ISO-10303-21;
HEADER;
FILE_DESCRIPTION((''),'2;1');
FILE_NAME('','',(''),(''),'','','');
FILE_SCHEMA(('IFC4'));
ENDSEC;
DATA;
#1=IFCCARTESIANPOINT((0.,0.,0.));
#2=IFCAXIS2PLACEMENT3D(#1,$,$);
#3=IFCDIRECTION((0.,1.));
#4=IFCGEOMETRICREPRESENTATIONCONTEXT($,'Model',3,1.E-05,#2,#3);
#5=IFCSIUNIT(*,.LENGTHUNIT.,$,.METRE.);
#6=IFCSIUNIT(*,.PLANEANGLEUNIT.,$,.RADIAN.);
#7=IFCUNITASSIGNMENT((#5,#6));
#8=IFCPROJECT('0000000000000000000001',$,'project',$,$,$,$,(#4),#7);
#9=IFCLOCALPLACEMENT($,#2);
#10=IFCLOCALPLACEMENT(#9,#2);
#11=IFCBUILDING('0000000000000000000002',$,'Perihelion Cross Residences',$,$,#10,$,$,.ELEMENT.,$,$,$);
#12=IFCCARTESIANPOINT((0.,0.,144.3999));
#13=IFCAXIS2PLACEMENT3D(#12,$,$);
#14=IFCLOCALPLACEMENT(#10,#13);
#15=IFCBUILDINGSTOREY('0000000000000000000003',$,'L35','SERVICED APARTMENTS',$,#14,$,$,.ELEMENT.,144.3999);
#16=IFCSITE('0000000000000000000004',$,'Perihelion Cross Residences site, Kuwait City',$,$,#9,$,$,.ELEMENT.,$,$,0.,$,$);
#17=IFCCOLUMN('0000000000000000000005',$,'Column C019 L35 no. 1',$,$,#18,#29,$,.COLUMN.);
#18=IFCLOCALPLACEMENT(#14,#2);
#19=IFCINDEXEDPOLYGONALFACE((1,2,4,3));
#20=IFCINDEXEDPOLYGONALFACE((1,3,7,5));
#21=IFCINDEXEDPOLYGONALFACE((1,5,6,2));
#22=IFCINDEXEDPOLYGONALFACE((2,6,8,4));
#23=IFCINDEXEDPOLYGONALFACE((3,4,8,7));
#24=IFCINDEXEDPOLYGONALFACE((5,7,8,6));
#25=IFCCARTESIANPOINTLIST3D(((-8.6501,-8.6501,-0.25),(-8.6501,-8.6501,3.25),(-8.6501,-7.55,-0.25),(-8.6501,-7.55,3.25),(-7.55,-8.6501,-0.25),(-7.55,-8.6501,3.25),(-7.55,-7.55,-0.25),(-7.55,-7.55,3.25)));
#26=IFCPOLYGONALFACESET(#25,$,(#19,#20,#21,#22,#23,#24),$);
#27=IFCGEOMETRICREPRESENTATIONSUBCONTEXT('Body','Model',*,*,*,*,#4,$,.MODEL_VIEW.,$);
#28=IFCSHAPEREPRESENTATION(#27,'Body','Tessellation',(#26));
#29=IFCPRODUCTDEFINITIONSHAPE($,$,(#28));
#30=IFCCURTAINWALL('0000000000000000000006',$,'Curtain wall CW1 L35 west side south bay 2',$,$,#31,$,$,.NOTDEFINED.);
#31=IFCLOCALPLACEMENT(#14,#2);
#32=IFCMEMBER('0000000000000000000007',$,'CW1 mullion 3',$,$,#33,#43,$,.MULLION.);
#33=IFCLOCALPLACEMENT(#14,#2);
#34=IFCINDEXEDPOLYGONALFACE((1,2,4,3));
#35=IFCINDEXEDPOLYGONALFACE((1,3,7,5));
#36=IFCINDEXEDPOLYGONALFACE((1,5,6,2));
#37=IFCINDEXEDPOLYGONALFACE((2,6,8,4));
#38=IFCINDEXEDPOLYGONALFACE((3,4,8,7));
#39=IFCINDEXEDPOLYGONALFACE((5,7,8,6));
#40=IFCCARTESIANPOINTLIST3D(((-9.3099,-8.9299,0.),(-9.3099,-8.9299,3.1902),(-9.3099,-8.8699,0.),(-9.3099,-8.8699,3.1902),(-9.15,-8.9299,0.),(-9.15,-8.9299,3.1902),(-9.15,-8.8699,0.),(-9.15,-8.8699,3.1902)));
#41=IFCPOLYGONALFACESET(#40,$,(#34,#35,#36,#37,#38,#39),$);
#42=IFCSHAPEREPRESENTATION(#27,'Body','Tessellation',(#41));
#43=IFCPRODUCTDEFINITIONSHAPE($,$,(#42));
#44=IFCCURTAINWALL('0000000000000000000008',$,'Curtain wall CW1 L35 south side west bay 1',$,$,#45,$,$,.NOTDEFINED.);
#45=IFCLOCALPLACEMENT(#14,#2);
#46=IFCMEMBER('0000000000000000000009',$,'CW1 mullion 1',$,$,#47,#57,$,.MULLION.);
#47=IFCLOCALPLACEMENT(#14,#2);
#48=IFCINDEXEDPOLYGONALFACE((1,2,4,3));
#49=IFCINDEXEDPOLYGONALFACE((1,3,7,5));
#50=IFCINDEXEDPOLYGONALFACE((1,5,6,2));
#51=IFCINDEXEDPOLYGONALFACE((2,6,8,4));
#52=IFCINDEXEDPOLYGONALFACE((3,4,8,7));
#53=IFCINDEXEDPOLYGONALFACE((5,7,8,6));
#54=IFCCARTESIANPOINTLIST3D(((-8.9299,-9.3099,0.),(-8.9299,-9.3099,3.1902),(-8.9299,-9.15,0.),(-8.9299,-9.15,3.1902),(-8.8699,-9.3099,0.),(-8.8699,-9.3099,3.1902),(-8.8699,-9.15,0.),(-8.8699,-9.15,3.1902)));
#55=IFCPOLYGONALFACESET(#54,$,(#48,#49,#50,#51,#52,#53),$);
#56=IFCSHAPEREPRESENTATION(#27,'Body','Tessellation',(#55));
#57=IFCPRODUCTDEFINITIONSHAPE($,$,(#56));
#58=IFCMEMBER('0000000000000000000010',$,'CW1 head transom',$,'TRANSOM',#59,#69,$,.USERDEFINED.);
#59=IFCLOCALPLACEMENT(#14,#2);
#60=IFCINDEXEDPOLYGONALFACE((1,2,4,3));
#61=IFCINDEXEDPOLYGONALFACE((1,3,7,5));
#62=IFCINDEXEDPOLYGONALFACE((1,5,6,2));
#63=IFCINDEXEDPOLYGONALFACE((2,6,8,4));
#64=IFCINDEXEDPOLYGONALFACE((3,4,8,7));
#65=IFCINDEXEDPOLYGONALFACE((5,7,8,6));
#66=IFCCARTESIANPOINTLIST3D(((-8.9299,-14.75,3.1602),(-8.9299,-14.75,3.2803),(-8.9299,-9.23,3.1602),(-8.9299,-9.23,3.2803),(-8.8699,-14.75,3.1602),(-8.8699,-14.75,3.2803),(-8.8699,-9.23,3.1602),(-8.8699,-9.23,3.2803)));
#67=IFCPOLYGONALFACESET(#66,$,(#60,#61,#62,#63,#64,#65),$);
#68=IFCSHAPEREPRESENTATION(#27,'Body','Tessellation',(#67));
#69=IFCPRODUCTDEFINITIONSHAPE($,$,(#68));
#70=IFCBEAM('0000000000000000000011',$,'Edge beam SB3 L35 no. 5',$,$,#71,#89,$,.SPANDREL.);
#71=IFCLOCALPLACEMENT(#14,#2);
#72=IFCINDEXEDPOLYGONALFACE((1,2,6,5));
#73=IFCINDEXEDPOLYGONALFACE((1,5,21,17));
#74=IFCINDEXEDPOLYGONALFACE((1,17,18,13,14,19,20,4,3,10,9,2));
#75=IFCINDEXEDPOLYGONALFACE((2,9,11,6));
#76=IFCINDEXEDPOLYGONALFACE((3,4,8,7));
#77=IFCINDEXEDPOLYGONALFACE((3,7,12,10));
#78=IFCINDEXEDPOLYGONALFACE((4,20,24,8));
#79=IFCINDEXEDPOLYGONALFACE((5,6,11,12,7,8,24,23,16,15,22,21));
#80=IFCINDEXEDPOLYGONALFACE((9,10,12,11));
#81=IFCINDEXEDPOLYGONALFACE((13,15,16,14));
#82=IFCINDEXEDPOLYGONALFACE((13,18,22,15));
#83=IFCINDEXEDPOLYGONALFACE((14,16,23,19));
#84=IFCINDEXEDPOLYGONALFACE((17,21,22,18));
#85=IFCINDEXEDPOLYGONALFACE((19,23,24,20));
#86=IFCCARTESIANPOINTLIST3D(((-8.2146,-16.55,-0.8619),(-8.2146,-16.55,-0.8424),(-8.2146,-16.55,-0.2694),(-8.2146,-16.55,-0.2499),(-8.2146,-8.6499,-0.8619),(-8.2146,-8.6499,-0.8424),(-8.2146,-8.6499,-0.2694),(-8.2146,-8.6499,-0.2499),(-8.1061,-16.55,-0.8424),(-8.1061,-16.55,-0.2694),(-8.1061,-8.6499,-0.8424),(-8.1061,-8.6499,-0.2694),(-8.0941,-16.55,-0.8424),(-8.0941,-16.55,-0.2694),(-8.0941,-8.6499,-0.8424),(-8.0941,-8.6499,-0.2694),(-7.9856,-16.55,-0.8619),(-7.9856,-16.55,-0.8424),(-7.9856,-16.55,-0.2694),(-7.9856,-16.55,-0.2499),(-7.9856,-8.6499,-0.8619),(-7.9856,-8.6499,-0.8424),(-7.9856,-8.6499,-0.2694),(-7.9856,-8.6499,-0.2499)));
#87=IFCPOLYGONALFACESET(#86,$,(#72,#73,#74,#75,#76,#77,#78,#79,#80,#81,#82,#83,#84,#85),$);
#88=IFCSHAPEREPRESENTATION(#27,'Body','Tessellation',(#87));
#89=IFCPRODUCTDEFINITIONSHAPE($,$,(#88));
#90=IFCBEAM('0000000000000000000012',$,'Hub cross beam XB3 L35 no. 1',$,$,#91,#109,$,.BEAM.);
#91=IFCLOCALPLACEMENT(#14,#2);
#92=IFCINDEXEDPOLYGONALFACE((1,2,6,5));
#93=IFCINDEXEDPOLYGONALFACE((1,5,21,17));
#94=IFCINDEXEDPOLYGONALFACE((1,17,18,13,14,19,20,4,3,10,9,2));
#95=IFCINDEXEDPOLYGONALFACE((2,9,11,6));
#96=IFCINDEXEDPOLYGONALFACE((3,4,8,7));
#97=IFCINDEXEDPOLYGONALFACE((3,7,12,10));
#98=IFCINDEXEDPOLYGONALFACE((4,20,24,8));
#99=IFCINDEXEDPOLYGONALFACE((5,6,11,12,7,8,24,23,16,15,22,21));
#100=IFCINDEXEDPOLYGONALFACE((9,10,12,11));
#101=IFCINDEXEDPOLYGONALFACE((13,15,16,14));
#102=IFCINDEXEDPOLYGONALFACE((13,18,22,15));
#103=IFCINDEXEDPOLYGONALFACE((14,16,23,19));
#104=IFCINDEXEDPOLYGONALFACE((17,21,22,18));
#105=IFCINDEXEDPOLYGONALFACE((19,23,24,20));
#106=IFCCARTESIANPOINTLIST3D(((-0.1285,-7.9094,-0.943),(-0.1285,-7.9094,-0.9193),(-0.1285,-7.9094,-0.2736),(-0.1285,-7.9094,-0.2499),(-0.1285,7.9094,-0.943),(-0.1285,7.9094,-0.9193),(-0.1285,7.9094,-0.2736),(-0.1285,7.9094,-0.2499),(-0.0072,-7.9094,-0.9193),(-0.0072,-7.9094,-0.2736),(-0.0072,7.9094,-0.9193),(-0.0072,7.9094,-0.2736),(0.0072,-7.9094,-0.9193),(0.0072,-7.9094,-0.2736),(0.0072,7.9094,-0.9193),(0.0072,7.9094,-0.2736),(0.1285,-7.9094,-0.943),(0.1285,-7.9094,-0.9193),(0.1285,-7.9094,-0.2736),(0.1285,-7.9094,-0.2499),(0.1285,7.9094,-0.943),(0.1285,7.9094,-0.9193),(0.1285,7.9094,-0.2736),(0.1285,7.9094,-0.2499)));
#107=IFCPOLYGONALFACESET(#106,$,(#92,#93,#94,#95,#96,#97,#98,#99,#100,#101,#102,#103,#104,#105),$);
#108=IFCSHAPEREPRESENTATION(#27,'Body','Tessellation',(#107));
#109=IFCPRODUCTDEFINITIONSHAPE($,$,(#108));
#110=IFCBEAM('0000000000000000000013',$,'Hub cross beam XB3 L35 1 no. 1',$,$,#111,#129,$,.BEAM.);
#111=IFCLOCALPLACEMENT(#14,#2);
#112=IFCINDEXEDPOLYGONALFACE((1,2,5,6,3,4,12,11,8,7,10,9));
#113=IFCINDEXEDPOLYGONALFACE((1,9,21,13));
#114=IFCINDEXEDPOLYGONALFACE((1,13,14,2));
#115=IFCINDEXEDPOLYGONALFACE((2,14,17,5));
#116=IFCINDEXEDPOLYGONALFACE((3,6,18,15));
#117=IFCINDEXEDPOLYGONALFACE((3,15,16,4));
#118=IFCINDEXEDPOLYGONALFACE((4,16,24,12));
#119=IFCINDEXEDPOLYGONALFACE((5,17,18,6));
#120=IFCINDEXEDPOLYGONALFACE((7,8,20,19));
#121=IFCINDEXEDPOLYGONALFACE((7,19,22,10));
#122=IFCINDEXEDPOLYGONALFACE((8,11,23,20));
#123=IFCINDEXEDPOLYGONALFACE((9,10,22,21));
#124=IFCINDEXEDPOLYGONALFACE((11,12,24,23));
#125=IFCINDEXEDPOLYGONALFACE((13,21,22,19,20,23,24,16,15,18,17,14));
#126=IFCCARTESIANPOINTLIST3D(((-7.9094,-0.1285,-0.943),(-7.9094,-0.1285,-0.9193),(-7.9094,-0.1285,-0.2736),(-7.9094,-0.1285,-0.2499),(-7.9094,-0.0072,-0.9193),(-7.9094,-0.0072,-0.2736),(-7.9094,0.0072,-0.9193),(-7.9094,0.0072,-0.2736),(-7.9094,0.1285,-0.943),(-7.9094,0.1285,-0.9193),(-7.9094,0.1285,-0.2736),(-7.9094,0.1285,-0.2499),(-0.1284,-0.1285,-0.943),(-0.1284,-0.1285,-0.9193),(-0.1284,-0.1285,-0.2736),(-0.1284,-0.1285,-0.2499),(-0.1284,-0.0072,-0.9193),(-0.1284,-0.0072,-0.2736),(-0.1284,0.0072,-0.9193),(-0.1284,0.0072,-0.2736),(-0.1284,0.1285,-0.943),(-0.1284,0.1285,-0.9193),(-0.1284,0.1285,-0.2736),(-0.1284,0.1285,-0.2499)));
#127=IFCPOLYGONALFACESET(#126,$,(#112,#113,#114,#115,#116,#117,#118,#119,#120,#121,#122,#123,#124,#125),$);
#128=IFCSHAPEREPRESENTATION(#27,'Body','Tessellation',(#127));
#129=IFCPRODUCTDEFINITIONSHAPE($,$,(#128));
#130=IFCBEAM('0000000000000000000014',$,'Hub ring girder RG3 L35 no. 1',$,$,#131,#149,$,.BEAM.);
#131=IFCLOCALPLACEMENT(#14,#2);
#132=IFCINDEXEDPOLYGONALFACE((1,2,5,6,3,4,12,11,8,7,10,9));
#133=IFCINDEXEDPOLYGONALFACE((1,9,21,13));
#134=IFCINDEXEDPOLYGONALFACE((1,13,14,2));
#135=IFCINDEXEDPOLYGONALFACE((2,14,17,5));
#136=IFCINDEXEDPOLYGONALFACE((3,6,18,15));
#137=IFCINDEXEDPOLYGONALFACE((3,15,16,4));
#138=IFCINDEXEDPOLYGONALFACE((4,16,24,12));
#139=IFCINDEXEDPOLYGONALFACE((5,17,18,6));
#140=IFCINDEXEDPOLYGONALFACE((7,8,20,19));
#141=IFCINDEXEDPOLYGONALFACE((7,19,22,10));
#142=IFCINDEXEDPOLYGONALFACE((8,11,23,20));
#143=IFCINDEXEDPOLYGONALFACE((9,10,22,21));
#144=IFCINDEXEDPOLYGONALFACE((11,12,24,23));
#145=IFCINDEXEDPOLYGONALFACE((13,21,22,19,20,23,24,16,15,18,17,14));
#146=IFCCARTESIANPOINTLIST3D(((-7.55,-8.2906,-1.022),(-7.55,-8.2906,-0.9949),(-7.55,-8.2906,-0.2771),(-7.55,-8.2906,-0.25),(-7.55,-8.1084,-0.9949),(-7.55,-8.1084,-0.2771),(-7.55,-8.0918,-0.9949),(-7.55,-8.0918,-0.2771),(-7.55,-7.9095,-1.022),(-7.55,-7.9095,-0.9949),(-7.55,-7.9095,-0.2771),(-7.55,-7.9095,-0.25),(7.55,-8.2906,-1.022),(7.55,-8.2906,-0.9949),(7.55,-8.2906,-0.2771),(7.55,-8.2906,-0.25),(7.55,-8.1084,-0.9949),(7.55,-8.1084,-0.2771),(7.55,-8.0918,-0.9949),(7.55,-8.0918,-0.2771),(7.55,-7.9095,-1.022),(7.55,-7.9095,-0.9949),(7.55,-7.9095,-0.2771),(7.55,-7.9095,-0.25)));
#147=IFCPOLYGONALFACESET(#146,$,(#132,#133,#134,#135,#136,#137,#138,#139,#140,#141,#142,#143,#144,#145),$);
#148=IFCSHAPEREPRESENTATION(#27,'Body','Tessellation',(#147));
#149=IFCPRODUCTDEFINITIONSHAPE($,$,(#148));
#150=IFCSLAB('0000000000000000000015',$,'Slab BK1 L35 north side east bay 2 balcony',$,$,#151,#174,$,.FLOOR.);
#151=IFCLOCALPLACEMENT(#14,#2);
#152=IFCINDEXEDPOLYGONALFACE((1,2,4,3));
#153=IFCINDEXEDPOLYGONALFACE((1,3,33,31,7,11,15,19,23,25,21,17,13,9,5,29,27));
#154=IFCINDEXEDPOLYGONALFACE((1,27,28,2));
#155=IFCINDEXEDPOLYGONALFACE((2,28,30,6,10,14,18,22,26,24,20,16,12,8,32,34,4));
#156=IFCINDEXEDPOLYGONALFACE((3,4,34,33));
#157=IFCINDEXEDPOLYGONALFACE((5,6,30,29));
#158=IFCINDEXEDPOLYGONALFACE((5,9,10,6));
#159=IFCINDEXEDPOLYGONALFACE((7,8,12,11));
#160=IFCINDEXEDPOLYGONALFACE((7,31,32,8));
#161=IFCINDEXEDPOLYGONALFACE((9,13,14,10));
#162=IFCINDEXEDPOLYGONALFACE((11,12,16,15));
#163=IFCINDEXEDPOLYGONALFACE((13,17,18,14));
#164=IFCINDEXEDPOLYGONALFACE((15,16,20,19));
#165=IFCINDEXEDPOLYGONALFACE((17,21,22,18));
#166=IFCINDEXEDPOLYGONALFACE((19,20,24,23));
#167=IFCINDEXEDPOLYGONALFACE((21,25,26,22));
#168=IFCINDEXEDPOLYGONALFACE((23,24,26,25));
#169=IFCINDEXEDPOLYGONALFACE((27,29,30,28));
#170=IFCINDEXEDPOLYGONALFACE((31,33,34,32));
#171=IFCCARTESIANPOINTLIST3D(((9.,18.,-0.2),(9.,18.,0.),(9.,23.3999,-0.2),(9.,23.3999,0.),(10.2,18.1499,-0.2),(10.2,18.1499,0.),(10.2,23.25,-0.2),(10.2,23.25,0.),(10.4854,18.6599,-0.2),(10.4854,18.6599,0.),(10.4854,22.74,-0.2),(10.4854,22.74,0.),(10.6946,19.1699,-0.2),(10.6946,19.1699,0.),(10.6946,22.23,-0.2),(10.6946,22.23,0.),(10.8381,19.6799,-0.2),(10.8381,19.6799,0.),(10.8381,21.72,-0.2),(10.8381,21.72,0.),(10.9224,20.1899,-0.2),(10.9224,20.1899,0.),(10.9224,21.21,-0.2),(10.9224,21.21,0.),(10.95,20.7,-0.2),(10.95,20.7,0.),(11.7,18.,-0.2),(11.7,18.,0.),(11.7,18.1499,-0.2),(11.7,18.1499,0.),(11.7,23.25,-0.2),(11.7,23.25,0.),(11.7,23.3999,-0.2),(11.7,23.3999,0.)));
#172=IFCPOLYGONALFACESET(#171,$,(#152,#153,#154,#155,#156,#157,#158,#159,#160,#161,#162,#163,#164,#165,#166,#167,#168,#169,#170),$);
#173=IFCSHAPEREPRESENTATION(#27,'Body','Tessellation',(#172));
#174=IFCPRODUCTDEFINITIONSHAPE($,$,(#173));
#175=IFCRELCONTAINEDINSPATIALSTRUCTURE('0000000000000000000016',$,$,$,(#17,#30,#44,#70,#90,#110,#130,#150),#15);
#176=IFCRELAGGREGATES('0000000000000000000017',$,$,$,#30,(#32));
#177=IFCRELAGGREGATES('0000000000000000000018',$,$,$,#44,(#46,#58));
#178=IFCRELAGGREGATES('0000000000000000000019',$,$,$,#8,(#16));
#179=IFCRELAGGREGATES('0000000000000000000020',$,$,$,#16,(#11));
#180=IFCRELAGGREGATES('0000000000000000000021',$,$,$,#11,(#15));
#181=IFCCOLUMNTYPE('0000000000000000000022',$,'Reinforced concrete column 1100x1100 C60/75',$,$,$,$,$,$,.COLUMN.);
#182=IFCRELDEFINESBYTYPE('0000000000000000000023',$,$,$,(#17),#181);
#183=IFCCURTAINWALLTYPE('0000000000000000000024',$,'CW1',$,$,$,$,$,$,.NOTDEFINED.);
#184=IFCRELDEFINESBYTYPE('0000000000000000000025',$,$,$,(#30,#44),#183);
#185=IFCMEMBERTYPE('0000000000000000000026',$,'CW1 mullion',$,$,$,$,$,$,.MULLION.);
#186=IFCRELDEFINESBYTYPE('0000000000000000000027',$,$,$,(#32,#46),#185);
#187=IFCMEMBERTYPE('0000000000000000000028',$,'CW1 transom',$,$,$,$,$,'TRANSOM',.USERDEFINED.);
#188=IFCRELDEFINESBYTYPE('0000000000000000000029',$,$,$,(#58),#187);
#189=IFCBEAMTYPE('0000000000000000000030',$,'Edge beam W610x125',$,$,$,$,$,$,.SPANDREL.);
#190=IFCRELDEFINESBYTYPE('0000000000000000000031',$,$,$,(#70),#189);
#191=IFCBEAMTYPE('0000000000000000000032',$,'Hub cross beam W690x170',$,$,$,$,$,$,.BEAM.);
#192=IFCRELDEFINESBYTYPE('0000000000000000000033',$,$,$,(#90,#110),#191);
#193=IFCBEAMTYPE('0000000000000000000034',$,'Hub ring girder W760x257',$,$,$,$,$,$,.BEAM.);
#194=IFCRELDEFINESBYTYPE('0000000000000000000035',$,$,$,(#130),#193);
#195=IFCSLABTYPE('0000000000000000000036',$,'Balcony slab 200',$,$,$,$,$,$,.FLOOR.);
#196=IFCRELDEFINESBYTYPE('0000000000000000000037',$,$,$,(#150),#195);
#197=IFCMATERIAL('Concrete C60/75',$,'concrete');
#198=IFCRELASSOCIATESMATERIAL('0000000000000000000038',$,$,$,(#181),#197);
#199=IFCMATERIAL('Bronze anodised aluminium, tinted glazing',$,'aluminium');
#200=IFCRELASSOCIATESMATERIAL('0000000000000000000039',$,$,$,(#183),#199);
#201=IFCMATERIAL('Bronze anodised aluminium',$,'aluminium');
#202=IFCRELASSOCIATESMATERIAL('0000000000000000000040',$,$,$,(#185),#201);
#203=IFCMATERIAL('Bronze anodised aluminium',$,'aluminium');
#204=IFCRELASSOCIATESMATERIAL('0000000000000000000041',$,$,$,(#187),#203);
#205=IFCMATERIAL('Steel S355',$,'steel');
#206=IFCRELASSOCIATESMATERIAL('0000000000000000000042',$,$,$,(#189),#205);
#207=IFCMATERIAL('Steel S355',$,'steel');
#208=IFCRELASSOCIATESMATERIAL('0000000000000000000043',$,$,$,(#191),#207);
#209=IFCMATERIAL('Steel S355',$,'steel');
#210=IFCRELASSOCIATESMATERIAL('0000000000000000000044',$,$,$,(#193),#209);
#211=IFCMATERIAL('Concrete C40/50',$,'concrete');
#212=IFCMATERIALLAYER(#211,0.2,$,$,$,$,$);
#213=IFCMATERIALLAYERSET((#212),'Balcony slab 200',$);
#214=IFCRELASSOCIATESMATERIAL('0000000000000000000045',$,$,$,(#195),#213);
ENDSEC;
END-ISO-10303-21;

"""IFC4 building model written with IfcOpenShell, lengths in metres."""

from ifc_helpers import new_model, si_unit, direction, frame, origin, origin_2d, place, context, subcontext, project, spatial, polyline, rectangle, i_section, outline, extrude, material, layer, layer_set, material_profile, profile_set, type_object, element, aggregate, save


model = new_model("IFC4")

# Units and contexts
model_context = context("Model", 3, precision=1e-05, world=origin(), true_north=direction((0.0, 1.0)))
body_context = subcontext(model_context, "Body", "Model", "MODEL_VIEW")
ifc_project = project(units=[si_unit("LENGTHUNIT", "METRE"), si_unit("PLANEANGLEUNIT", "RADIAN")], contexts=[model_context])

# Site, building, storey
site_placement = place(None, origin())
site = spatial("IfcSite", under=ifc_project, at=site_placement, Name="Perihelion Cross Residences site, Kuwait City", CompositionType="ELEMENT", RefElevation=0.0)
building_placement = place(site_placement, origin())
building = spatial("IfcBuilding", under=site, at=building_placement, Name="Perihelion Cross Residences", CompositionType="ELEMENT")
storey_placement = place(building_placement, frame((0.0, 0.0, 144.3999)))
storey = spatial("IfcBuildingStorey", under=building, at=storey_placement, Name="L35", Description="SERVICED APARTMENTS", CompositionType="ELEMENT", Elevation=144.3999)

# Column
ifc_material_1 = material(Name="Concrete C60/75", Category="concrete")
ifc_material_profile_1 = material_profile(ifc_material_1, rectangle(XDim=1.1001, YDim=1.1001, at=origin_2d()), Name="RC 1100x1100")
ifc_profile_set_1 = profile_set([ifc_material_profile_1], Name="Concrete C60/75")
column_type = type_object("IfcColumnType", Name="Reinforced concrete column 1100x1100 C60/75", PredefinedType="COLUMN", material=ifc_profile_set_1)
column_placement = place(storey_placement, frame((-8.1001, -8.1001, -0.25), z_axis=(0.0, 0.0, 1.0), x_axis=(1.0, 0.0, 0.0)))
element("IfcColumn", 1, at=column_placement, inside=storey, type_object=column_type, Name="Column C019 L35 no. 1", PredefinedType="COLUMN", context=body_context, shape_type="SweptSolid", body=[
    extrude(rectangle(XDim=1.1001, YDim=1.1001, at=origin_2d()), origin(), (0.0, 0.0, 1.0), 3.5),
])

# Curtain wall, member
ifc_material_2 = material(Name="Bronze anodised aluminium, tinted glazing", Category="aluminium")
curtain_wall_type = type_object("IfcCurtainWallType", Name="CW1", PredefinedType="NOTDEFINED", material=ifc_material_2)
curtain_wall_1_placement = place(storey_placement, origin())
curtain_wall_1 = element("IfcCurtainWall", 2, at=curtain_wall_1_placement, inside=storey, type_object=curtain_wall_type, Name="Curtain wall CW1 L35 west side south bay 2", PredefinedType="NOTDEFINED")
ifc_material_3 = material(Name="Bronze anodised aluminium", Category="aluminium")
ifc_material_profile_2 = material_profile(ifc_material_3, rectangle(XDim=0.0601, YDim=0.1599, at=origin_2d()), Name="CW1 mullion")
ifc_profile_set_2 = profile_set([ifc_material_profile_2], Name="Bronze anodised aluminium")
member_type_1 = type_object("IfcMemberType", Name="CW1 mullion", PredefinedType="MULLION", material=ifc_profile_set_2)
member_1_placement = place(storey_placement, frame((-9.23, -8.8999, 0.0), z_axis=(0.0, 0.0, 1.0), x_axis=(0.0, 1.0, 0.0)))
member_1 = element("IfcMember", 3, at=member_1_placement, type_object=member_type_1, Name="CW1 mullion 3", PredefinedType="MULLION", context=body_context, shape_type="SweptSolid", body=[
    extrude(rectangle(XDim=0.0601, YDim=0.1599, at=origin_2d()), origin(), (0.0, 0.0, 1.0), 3.1902),
])
aggregate(curtain_wall_1, [member_1])

# Curtain wall, members
curtain_wall_2_placement = place(storey_placement, origin())
curtain_wall_2 = element("IfcCurtainWall", 4, at=curtain_wall_2_placement, inside=storey, type_object=curtain_wall_type, Name="Curtain wall CW1 L35 south side west bay 1", PredefinedType="NOTDEFINED")
member_2_placement = place(storey_placement, frame((-8.8999, -9.23, 0.0), z_axis=(0.0, 0.0, 1.0), x_axis=(1.0, 0.0, 0.0)))
member_2 = element("IfcMember", 5, at=member_2_placement, type_object=member_type_1, Name="CW1 mullion 1", PredefinedType="MULLION", context=body_context, shape_type="SweptSolid", body=[
    extrude(rectangle(XDim=0.0601, YDim=0.1599, at=origin_2d()), origin(), (0.0, 0.0, 1.0), 3.1902),
])
ifc_material_4 = material(Name="Bronze anodised aluminium", Category="aluminium")
ifc_material_profile_3 = material_profile(ifc_material_4, rectangle(XDim=0.0601, YDim=0.1201, at=origin_2d()), Name="CW1 transom")
ifc_profile_set_3 = profile_set([ifc_material_profile_3], Name="Bronze anodised aluminium")
member_type_2 = type_object("IfcMemberType", Name="CW1 transom", ElementType="TRANSOM", PredefinedType="USERDEFINED", material=ifc_profile_set_3)
member_3_placement = place(storey_placement, frame((-8.8999, -9.23, 3.2202), z_axis=(0.0, -1.0, 0.0), x_axis=(1.0, 0.0, 0.0)))
member_3 = element("IfcMember", 6, at=member_3_placement, type_object=member_type_2, Name="CW1 head transom", ObjectType="TRANSOM", PredefinedType="USERDEFINED", context=body_context, shape_type="SweptSolid", body=[
    extrude(rectangle(XDim=0.0601, YDim=0.1201, at=origin_2d()), origin(), (0.0, 0.0, 1.0), 5.52),
])
aggregate(curtain_wall_2, [member_2, member_3])

# Beams
ifc_material_5 = material(Name="Steel S355", Category="steel")
ifc_material_profile_4 = material_profile(ifc_material_5, i_section(OverallWidth=0.229, OverallDepth=0.6121, WebThickness=0.012, FlangeThickness=0.0195, at=origin_2d()), Name="W610x125")
ifc_profile_set_4 = profile_set([ifc_material_profile_4], Name="Steel S355")
beam_type_1 = type_object("IfcBeamType", Name="Edge beam W610x125", PredefinedType="SPANDREL", material=ifc_profile_set_4)
beam_1_placement = place(storey_placement, frame((-8.1001, -8.6499, -0.5559), z_axis=(0.0, -1.0, 0.0), x_axis=(1.0, 0.0, 0.0)))
element("IfcBeam", 7, at=beam_1_placement, inside=storey, type_object=beam_type_1, Name="Edge beam SB3 L35 no. 5", PredefinedType="SPANDREL", context=body_context, shape_type="SweptSolid", body=[
    extrude(i_section(OverallWidth=0.229, OverallDepth=0.6121, WebThickness=0.012, FlangeThickness=0.0195, at=origin_2d()), origin(), (0.0, 0.0, 1.0), 7.9001),
])
ifc_material_6 = material(Name="Steel S355", Category="steel")
ifc_material_profile_5 = material_profile(ifc_material_6, i_section(OverallWidth=0.2571, OverallDepth=0.6931, WebThickness=0.0144, FlangeThickness=0.0237, at=origin_2d()), Name="W690x170")
ifc_profile_set_5 = profile_set([ifc_material_profile_5], Name="Steel S355")
beam_type_2 = type_object("IfcBeamType", Name="Hub cross beam W690x170", PredefinedType="BEAM", material=ifc_profile_set_5)
beam_2_placement = place(storey_placement, frame((0.0, -7.9094, -0.5964), z_axis=(0.0, 1.0, 0.0), x_axis=(-1.0, 0.0, 0.0)))
element("IfcBeam", 8, at=beam_2_placement, inside=storey, type_object=beam_type_2, Name="Hub cross beam XB3 L35 no. 1", PredefinedType="BEAM", context=body_context, shape_type="SweptSolid", body=[
    extrude(i_section(OverallWidth=0.2571, OverallDepth=0.6931, WebThickness=0.0144, FlangeThickness=0.0237, at=origin_2d()), origin(), (0.0, 0.0, 1.0), 15.8188),
])
beam_3_placement = place(storey_placement, frame((-7.9094, 0.0, -0.5964), z_axis=(1.0, 0.0, 0.0), x_axis=(0.0, 1.0, 0.0)))
element("IfcBeam", 9, at=beam_3_placement, inside=storey, type_object=beam_type_2, Name="Hub cross beam XB3 L35 1 no. 1", PredefinedType="BEAM", context=body_context, shape_type="SweptSolid", body=[
    extrude(i_section(OverallWidth=0.2571, OverallDepth=0.6931, WebThickness=0.0144, FlangeThickness=0.0237, at=origin_2d()), origin(), (0.0, 0.0, 1.0), 7.781),
])
ifc_material_7 = material(Name="Steel S355", Category="steel")
ifc_material_profile_6 = material_profile(ifc_material_7, i_section(OverallWidth=0.3811, OverallDepth=0.772, WebThickness=0.0166, FlangeThickness=0.0271, at=origin_2d()), Name="W760x257")
ifc_profile_set_6 = profile_set([ifc_material_profile_6], Name="Steel S355")
beam_type_3 = type_object("IfcBeamType", Name="Hub ring girder W760x257", PredefinedType="BEAM", material=ifc_profile_set_6)
beam_4_placement = place(storey_placement, frame((-7.55, -8.1001, -0.636), z_axis=(1.0, 0.0, 0.0), x_axis=(0.0, 1.0, 0.0)))
element("IfcBeam", 10, at=beam_4_placement, inside=storey, type_object=beam_type_3, Name="Hub ring girder RG3 L35 no. 1", PredefinedType="BEAM", context=body_context, shape_type="SweptSolid", body=[
    extrude(i_section(OverallWidth=0.3811, OverallDepth=0.772, WebThickness=0.0166, FlangeThickness=0.0271, at=origin_2d()), origin(), (0.0, 0.0, 1.0), 15.1001),
])

# Slab
ifc_material_8 = material(Name="Concrete C40/50", Category="concrete")
ifc_layer_1 = layer(ifc_material_8, 0.2)
ifc_layer_set_1 = layer_set([ifc_layer_1], Name="Balcony slab 200")
slab_type_1 = type_object("IfcSlabType", Name="Balcony slab 200", PredefinedType="FLOOR", material=ifc_layer_set_1)
slab_1_placement = place(storey_placement, frame((0.0, 0.0, -0.2)))
element("IfcSlab", 11, at=slab_1_placement, inside=storey, type_object=slab_type_1, Name="Slab BK1 L35 north side east bay 2 balcony", PredefinedType="FLOOR", context=body_context, shape_type="SweptSolid", body=[
    extrude(outline(polyline([(9.0, 18.0), (9.0, 23.3999), (11.7, 23.3999), (11.7, 23.25), (10.2, 23.25), (10.4854, 22.74), (10.6946, 22.23), (10.8381, 21.72), (10.9224, 21.21), (10.95, 20.7), (10.9224, 20.1899), (10.8381, 19.6799), (10.6946, 19.1699), (10.4854, 18.6599), (10.2, 18.1499), (11.7, 18.1499), (11.7, 18.0), (9.0, 18.0)])), origin(), (0.0, 0.0, 1.0), 0.2),
])

save(model, "model.ifc")
